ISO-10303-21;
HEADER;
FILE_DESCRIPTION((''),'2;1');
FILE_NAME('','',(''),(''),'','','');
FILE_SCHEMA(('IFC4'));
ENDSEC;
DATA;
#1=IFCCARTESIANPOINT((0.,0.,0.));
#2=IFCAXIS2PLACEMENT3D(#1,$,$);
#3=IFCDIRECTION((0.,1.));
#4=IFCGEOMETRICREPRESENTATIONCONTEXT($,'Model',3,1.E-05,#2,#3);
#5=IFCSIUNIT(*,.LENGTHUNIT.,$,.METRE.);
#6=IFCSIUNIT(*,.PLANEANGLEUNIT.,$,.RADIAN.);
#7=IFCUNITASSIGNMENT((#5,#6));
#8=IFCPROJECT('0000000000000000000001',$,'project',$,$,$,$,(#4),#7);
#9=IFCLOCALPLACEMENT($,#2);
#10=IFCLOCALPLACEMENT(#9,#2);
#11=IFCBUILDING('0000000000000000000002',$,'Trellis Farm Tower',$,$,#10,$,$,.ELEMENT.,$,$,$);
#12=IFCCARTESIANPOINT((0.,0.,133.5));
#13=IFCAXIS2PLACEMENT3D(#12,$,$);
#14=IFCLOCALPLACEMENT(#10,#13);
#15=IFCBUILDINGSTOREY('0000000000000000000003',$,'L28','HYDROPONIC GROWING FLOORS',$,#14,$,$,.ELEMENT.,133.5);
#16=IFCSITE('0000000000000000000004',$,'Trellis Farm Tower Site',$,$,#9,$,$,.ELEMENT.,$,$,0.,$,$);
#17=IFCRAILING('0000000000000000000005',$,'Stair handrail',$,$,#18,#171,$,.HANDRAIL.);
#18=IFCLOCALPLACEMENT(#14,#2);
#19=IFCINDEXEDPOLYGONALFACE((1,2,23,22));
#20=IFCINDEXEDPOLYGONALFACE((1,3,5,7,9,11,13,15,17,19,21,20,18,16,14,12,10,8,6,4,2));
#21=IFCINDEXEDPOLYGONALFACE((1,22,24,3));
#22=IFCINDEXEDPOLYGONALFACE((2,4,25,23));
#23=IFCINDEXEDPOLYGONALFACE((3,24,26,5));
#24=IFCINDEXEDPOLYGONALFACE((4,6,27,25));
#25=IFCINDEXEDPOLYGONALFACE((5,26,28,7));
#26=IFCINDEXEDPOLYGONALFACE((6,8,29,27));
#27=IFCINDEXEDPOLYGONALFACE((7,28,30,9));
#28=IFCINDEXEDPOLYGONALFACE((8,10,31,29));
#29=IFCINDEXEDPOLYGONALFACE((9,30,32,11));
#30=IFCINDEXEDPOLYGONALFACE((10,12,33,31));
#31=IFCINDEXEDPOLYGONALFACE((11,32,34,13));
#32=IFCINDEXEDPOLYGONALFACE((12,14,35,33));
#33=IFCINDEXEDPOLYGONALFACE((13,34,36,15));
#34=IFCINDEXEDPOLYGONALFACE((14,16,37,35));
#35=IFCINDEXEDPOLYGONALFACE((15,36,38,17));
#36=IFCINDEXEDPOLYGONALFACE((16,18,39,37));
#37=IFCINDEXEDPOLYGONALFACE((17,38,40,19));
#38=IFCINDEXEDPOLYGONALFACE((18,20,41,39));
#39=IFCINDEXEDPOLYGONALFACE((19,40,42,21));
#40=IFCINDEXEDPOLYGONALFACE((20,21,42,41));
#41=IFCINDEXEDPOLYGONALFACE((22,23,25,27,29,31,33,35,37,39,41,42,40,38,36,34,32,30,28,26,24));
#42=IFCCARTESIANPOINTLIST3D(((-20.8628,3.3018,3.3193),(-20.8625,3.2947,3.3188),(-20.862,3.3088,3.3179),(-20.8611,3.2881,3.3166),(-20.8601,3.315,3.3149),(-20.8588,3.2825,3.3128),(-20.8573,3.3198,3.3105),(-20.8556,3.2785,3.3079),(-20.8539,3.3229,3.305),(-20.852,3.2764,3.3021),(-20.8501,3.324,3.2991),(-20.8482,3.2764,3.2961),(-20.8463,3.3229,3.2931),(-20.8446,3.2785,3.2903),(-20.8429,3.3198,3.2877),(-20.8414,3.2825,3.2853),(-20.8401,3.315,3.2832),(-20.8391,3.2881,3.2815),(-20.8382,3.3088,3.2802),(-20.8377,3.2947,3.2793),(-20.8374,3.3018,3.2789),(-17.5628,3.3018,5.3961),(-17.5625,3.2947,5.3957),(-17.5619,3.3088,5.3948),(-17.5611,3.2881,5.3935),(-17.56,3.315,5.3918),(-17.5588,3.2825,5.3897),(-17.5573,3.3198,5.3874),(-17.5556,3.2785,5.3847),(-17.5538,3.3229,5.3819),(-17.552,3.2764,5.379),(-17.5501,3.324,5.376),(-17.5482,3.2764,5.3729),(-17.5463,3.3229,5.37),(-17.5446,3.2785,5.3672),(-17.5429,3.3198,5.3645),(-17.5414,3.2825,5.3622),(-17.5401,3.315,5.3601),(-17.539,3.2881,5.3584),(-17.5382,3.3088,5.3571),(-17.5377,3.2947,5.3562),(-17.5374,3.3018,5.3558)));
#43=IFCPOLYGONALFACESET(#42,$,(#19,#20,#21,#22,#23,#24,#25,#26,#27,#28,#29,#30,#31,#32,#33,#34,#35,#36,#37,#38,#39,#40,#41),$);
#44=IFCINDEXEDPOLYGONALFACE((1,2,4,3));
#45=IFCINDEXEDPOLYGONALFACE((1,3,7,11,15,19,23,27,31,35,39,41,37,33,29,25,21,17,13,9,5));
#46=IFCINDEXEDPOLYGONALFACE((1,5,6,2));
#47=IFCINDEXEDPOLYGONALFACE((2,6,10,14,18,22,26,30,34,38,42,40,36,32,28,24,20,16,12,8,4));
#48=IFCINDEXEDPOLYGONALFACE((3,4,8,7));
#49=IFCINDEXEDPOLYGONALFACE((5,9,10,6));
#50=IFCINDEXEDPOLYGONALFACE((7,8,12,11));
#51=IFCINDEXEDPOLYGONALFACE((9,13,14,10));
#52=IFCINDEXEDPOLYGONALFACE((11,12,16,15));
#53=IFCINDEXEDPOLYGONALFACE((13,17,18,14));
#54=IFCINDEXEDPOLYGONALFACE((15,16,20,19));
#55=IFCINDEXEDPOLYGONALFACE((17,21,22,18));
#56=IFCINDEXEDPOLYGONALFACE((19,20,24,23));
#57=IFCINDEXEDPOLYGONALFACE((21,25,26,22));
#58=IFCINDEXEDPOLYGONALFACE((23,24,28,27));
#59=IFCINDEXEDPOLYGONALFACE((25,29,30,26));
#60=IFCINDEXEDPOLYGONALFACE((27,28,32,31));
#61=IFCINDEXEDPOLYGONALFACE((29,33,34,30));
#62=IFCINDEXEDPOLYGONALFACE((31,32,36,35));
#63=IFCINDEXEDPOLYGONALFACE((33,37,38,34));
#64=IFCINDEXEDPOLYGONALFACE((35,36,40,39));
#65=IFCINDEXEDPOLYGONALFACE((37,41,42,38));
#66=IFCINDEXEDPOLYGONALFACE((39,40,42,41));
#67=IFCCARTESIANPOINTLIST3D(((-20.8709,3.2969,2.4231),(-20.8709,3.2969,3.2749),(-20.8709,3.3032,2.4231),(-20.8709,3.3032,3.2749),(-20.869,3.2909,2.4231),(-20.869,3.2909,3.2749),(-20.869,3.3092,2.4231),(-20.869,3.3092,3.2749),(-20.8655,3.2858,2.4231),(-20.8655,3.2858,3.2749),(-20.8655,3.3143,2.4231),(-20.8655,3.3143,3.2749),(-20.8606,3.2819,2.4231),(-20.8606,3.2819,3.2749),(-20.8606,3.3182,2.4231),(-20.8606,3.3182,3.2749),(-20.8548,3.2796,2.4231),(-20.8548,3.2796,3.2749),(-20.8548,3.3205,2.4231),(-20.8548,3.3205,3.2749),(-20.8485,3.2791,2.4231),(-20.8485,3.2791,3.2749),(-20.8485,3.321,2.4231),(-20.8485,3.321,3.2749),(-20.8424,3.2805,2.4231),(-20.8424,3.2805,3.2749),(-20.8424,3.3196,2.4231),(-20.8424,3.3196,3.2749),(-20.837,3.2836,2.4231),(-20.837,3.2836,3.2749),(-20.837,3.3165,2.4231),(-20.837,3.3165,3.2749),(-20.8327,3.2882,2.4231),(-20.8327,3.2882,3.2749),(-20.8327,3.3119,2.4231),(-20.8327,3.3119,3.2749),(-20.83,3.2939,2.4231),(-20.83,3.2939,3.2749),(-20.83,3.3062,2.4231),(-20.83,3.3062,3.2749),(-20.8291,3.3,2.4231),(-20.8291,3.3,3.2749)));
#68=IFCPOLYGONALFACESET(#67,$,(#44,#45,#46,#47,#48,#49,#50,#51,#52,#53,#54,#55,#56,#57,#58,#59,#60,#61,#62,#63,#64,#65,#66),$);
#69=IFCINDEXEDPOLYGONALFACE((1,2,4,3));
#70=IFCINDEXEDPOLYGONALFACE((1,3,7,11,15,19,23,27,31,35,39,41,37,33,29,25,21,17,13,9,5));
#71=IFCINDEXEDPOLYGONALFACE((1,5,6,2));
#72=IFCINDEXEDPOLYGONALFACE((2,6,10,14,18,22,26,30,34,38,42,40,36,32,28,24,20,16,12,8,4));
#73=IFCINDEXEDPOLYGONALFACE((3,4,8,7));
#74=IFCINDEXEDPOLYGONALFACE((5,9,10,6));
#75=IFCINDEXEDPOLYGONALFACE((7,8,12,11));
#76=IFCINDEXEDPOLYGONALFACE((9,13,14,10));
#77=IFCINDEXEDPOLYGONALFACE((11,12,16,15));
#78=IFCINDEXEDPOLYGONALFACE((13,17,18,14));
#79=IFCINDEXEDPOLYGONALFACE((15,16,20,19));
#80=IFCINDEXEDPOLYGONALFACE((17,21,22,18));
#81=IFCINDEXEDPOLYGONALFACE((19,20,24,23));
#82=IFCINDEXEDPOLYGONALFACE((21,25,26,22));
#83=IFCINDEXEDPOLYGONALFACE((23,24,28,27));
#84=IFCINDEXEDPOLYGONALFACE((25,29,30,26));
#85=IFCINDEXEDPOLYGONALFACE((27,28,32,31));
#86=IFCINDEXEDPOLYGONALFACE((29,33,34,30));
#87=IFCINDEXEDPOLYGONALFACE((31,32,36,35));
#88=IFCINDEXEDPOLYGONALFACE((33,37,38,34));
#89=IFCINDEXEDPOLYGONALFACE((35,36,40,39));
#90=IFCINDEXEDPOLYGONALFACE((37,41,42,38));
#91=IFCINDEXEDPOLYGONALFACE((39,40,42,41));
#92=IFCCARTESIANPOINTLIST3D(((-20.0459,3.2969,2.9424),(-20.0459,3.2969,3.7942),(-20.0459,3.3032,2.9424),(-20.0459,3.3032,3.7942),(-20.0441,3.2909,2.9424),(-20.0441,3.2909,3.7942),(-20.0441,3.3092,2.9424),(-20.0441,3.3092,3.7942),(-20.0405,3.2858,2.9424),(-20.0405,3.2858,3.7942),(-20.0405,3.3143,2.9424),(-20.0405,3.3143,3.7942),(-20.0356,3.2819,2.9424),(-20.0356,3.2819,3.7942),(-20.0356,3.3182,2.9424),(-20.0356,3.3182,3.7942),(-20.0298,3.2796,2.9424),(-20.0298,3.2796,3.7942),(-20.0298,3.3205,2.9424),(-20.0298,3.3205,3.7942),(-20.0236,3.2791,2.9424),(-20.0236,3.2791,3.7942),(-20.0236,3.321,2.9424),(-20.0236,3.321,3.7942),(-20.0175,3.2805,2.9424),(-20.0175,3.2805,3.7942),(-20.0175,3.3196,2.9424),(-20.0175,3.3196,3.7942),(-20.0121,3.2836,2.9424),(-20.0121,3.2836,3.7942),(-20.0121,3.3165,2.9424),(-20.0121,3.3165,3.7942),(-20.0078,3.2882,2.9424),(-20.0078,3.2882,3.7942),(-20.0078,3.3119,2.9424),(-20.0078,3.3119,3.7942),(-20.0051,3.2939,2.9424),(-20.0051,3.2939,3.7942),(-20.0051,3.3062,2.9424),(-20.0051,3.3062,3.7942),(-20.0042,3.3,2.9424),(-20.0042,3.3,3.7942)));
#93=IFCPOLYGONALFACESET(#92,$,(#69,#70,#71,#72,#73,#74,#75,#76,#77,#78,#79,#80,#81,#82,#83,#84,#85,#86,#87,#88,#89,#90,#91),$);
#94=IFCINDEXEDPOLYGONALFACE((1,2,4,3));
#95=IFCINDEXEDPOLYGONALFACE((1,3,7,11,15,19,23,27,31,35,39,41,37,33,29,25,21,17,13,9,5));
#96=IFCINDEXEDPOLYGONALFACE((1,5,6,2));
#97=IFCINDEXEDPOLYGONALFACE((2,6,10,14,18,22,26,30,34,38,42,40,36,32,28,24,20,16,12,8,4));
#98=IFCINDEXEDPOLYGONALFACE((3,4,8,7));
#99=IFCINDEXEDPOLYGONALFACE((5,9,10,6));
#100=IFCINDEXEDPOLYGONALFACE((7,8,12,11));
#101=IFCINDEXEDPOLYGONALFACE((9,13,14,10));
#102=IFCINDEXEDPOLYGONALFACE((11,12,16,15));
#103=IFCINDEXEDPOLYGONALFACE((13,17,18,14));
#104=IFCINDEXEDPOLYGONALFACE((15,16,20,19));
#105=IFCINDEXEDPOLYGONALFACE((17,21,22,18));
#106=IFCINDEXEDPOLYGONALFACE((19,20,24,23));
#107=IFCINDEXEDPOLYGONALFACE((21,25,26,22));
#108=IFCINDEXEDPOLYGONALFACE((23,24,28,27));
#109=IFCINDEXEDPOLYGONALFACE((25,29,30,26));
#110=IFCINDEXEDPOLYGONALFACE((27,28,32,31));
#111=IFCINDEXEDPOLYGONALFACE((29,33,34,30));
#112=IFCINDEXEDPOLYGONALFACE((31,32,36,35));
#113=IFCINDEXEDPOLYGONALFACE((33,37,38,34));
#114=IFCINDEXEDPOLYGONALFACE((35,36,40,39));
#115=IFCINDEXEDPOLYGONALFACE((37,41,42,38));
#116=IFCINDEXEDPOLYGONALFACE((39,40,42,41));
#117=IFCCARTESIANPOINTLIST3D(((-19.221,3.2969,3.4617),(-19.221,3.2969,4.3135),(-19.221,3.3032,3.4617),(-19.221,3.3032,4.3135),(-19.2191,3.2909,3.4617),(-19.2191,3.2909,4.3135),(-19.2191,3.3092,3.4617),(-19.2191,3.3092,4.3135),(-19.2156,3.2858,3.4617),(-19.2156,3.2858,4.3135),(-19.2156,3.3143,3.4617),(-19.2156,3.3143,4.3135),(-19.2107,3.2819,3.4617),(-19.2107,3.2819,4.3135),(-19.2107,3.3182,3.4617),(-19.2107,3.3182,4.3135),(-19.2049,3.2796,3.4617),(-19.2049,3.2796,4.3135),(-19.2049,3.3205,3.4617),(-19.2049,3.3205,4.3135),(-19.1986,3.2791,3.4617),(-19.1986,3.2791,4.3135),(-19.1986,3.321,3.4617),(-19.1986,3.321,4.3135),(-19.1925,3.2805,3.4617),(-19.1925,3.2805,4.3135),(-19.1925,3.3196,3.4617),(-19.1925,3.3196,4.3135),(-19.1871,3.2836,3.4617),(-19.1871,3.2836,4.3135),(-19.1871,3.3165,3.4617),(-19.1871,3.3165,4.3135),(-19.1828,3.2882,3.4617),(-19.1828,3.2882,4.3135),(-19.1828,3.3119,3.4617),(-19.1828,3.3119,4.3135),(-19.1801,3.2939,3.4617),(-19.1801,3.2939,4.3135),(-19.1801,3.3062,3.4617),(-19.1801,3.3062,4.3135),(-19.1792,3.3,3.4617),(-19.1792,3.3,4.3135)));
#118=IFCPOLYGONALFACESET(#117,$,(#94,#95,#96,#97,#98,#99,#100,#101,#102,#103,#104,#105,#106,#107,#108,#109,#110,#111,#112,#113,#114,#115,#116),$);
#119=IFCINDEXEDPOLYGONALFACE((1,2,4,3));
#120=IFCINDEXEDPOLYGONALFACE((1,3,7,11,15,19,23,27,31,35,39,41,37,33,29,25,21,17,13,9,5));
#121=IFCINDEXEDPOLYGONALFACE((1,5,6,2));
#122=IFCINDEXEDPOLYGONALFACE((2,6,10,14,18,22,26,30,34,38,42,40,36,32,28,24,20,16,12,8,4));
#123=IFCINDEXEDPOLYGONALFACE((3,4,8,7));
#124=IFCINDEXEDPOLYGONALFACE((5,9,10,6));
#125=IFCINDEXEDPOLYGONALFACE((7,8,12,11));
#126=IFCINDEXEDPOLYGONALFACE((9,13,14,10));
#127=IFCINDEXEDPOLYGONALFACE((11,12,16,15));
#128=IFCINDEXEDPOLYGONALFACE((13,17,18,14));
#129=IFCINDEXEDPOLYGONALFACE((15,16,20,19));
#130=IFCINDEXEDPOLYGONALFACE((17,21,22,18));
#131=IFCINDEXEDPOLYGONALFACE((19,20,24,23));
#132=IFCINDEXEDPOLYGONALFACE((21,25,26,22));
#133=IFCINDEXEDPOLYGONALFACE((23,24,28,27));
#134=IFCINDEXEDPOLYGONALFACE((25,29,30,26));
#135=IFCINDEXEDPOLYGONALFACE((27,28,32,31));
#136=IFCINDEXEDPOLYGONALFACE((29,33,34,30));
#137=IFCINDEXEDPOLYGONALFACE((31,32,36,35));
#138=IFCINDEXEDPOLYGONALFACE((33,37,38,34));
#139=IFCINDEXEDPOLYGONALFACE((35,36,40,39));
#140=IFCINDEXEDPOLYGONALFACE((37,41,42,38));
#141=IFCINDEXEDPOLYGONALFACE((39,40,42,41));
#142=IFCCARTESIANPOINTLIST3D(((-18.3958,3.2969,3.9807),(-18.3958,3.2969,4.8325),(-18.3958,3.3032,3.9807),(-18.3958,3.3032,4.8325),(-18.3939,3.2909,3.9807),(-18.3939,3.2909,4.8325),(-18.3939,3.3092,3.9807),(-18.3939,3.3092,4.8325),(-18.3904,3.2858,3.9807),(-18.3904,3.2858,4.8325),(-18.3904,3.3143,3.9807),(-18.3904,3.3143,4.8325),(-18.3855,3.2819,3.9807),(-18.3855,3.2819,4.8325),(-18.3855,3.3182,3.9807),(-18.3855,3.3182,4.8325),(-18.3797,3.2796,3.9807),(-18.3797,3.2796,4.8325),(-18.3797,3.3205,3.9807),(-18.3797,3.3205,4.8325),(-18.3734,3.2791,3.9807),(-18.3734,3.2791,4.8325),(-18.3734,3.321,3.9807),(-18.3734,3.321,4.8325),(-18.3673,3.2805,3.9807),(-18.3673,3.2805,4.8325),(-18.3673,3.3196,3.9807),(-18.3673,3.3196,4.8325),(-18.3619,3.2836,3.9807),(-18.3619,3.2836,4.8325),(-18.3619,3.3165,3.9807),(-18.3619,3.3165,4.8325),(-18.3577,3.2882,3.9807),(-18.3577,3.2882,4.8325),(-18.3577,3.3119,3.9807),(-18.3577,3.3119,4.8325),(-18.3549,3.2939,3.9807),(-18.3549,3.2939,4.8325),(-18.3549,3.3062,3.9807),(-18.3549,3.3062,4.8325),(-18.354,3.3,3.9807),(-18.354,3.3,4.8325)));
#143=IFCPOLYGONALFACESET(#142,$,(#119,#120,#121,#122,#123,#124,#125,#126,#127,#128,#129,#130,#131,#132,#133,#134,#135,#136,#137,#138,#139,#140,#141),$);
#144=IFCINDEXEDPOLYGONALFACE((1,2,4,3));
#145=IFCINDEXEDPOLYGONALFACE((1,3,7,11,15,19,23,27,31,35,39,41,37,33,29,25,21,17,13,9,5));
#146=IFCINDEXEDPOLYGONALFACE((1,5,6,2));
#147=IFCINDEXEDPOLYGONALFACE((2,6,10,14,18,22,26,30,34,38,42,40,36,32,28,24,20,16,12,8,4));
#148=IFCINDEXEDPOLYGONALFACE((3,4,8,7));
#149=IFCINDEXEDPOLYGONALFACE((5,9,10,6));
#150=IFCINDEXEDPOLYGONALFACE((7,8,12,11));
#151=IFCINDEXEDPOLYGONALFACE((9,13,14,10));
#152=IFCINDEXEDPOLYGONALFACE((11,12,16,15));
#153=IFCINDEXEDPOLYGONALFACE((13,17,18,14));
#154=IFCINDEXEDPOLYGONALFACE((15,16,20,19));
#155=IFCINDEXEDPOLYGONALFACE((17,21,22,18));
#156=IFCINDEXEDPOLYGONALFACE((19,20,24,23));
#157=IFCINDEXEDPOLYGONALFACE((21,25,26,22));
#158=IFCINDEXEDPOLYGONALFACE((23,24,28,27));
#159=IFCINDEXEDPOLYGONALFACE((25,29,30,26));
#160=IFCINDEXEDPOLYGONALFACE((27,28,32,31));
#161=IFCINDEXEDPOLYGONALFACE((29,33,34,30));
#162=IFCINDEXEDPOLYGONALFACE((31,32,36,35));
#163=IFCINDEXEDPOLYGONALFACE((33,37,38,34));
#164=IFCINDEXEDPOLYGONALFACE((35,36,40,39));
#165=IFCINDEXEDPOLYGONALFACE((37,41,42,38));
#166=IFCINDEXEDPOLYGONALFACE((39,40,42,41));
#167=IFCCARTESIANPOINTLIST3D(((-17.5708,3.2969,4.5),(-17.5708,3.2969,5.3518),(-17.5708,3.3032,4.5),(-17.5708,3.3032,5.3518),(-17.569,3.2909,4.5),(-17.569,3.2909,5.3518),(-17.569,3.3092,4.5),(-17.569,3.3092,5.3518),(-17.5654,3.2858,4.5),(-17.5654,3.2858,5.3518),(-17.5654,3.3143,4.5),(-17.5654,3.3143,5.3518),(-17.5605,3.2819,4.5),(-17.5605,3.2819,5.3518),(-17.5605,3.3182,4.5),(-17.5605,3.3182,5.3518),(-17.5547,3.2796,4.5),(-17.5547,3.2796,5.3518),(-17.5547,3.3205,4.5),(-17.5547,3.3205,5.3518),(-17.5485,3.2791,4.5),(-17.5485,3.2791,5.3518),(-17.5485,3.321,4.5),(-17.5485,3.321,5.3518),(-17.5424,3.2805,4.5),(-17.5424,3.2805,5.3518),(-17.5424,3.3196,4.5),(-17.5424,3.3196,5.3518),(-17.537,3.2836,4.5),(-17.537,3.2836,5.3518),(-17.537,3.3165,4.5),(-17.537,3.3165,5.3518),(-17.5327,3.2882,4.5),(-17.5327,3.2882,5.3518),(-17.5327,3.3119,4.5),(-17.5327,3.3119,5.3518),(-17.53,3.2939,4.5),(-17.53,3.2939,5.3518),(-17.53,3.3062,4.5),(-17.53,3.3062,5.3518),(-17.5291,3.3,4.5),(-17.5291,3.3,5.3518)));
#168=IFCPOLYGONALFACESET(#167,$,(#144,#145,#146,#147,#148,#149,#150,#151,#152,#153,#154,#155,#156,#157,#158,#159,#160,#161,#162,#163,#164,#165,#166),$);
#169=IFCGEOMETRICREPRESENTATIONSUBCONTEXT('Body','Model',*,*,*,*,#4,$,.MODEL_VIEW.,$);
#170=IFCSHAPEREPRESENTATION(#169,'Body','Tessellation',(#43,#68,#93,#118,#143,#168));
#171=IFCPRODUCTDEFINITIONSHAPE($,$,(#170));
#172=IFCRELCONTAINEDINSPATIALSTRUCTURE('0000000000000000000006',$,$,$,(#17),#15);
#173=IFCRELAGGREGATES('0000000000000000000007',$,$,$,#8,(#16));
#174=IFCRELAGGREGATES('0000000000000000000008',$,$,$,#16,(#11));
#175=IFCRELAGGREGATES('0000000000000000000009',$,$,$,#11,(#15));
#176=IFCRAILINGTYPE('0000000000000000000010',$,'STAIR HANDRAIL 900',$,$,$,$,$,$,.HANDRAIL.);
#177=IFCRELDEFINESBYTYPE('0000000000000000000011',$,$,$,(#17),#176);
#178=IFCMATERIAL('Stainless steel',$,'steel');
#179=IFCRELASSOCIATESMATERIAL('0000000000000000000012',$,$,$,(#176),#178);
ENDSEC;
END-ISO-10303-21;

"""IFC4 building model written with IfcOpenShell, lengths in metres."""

from ifc_helpers import new_model, si_unit, direction, frame, origin, origin_2d, place, context, subcontext, project, spatial, circle, extrude, source, transform, mapped, material, type_object, element, save


model = new_model("IFC4")

# Units and contexts
model_context = context("Model", 3, precision=1e-05, world=origin(), true_north=direction((0.0, 1.0)))
body_context = subcontext(model_context, "Body", "Model", "MODEL_VIEW")
ifc_project = project(units=[si_unit("LENGTHUNIT", "METRE"), si_unit("PLANEANGLEUNIT", "RADIAN")], contexts=[model_context])

# Site, building, storey
site_placement = place(None, origin())
site = spatial("IfcSite", under=ifc_project, at=site_placement, Name="Trellis Farm Tower Site", CompositionType="ELEMENT", RefElevation=0.0)
building_placement = place(site_placement, origin())
building = spatial("IfcBuilding", under=site, at=building_placement, Name="Trellis Farm Tower", CompositionType="ELEMENT")
storey_placement = place(building_placement, frame((0.0, 0.0, 133.5)))
storey = spatial("IfcBuildingStorey", under=building, at=storey_placement, Name="L28", Description="HYDROPONIC GROWING FLOORS", CompositionType="ELEMENT", Elevation=133.5)

# Railing
ifc_material_1 = material(Name="Stainless steel", Category="steel")
railing_type = type_object("IfcRailingType", Name="STAIR HANDRAIL 900", PredefinedType="HANDRAIL", material=ifc_material_1)
shared_shape_1 = source(origin(), body_context, "Body", "SweptSolid", [
    extrude(circle(Radius=0.0239, at=origin_2d()), frame((0.0, 0.0, 0.876), z_axis=(0.846337, 0.0, 0.532647), x_axis=(0.0, 1.0, 0.0)), (0.0, 0.0, 1.0), 3.8992),
    extrude(circle(Radius=0.021, at=origin_2d()), origin(), (0.0, 0.0, 1.0), 0.8518),
    extrude(circle(Radius=0.021, at=origin_2d()), frame((0.825, 0.0, 0.5193)), (0.0, 0.0, 1.0), 0.8518),
    extrude(circle(Radius=0.021, at=origin_2d()), frame((1.6499, 0.0, 1.0386)), (0.0, 0.0, 1.0), 0.8518),
    extrude(circle(Radius=0.021, at=origin_2d()), frame((2.4751, 0.0, 1.5576)), (0.0, 0.0, 1.0), 0.8518),
    extrude(circle(Radius=0.021, at=origin_2d()), frame((3.3, 0.0, 2.0769)), (0.0, 0.0, 1.0), 0.8518),
])
for number, where, name in (
    (1, (-20.8501, 3.3, 2.4231), "Stair handrail"),
):
    element("IfcRailing", number, at=place(storey_placement, frame(where)), inside=storey, type_object=railing_type, Name=name, PredefinedType="HANDRAIL", context=body_context, shape_type="MappedRepresentation", body=[
        mapped(shared_shape_1, transform((0.0, 0.0, 0.0))),
    ])

save(model, "model.ifc")
